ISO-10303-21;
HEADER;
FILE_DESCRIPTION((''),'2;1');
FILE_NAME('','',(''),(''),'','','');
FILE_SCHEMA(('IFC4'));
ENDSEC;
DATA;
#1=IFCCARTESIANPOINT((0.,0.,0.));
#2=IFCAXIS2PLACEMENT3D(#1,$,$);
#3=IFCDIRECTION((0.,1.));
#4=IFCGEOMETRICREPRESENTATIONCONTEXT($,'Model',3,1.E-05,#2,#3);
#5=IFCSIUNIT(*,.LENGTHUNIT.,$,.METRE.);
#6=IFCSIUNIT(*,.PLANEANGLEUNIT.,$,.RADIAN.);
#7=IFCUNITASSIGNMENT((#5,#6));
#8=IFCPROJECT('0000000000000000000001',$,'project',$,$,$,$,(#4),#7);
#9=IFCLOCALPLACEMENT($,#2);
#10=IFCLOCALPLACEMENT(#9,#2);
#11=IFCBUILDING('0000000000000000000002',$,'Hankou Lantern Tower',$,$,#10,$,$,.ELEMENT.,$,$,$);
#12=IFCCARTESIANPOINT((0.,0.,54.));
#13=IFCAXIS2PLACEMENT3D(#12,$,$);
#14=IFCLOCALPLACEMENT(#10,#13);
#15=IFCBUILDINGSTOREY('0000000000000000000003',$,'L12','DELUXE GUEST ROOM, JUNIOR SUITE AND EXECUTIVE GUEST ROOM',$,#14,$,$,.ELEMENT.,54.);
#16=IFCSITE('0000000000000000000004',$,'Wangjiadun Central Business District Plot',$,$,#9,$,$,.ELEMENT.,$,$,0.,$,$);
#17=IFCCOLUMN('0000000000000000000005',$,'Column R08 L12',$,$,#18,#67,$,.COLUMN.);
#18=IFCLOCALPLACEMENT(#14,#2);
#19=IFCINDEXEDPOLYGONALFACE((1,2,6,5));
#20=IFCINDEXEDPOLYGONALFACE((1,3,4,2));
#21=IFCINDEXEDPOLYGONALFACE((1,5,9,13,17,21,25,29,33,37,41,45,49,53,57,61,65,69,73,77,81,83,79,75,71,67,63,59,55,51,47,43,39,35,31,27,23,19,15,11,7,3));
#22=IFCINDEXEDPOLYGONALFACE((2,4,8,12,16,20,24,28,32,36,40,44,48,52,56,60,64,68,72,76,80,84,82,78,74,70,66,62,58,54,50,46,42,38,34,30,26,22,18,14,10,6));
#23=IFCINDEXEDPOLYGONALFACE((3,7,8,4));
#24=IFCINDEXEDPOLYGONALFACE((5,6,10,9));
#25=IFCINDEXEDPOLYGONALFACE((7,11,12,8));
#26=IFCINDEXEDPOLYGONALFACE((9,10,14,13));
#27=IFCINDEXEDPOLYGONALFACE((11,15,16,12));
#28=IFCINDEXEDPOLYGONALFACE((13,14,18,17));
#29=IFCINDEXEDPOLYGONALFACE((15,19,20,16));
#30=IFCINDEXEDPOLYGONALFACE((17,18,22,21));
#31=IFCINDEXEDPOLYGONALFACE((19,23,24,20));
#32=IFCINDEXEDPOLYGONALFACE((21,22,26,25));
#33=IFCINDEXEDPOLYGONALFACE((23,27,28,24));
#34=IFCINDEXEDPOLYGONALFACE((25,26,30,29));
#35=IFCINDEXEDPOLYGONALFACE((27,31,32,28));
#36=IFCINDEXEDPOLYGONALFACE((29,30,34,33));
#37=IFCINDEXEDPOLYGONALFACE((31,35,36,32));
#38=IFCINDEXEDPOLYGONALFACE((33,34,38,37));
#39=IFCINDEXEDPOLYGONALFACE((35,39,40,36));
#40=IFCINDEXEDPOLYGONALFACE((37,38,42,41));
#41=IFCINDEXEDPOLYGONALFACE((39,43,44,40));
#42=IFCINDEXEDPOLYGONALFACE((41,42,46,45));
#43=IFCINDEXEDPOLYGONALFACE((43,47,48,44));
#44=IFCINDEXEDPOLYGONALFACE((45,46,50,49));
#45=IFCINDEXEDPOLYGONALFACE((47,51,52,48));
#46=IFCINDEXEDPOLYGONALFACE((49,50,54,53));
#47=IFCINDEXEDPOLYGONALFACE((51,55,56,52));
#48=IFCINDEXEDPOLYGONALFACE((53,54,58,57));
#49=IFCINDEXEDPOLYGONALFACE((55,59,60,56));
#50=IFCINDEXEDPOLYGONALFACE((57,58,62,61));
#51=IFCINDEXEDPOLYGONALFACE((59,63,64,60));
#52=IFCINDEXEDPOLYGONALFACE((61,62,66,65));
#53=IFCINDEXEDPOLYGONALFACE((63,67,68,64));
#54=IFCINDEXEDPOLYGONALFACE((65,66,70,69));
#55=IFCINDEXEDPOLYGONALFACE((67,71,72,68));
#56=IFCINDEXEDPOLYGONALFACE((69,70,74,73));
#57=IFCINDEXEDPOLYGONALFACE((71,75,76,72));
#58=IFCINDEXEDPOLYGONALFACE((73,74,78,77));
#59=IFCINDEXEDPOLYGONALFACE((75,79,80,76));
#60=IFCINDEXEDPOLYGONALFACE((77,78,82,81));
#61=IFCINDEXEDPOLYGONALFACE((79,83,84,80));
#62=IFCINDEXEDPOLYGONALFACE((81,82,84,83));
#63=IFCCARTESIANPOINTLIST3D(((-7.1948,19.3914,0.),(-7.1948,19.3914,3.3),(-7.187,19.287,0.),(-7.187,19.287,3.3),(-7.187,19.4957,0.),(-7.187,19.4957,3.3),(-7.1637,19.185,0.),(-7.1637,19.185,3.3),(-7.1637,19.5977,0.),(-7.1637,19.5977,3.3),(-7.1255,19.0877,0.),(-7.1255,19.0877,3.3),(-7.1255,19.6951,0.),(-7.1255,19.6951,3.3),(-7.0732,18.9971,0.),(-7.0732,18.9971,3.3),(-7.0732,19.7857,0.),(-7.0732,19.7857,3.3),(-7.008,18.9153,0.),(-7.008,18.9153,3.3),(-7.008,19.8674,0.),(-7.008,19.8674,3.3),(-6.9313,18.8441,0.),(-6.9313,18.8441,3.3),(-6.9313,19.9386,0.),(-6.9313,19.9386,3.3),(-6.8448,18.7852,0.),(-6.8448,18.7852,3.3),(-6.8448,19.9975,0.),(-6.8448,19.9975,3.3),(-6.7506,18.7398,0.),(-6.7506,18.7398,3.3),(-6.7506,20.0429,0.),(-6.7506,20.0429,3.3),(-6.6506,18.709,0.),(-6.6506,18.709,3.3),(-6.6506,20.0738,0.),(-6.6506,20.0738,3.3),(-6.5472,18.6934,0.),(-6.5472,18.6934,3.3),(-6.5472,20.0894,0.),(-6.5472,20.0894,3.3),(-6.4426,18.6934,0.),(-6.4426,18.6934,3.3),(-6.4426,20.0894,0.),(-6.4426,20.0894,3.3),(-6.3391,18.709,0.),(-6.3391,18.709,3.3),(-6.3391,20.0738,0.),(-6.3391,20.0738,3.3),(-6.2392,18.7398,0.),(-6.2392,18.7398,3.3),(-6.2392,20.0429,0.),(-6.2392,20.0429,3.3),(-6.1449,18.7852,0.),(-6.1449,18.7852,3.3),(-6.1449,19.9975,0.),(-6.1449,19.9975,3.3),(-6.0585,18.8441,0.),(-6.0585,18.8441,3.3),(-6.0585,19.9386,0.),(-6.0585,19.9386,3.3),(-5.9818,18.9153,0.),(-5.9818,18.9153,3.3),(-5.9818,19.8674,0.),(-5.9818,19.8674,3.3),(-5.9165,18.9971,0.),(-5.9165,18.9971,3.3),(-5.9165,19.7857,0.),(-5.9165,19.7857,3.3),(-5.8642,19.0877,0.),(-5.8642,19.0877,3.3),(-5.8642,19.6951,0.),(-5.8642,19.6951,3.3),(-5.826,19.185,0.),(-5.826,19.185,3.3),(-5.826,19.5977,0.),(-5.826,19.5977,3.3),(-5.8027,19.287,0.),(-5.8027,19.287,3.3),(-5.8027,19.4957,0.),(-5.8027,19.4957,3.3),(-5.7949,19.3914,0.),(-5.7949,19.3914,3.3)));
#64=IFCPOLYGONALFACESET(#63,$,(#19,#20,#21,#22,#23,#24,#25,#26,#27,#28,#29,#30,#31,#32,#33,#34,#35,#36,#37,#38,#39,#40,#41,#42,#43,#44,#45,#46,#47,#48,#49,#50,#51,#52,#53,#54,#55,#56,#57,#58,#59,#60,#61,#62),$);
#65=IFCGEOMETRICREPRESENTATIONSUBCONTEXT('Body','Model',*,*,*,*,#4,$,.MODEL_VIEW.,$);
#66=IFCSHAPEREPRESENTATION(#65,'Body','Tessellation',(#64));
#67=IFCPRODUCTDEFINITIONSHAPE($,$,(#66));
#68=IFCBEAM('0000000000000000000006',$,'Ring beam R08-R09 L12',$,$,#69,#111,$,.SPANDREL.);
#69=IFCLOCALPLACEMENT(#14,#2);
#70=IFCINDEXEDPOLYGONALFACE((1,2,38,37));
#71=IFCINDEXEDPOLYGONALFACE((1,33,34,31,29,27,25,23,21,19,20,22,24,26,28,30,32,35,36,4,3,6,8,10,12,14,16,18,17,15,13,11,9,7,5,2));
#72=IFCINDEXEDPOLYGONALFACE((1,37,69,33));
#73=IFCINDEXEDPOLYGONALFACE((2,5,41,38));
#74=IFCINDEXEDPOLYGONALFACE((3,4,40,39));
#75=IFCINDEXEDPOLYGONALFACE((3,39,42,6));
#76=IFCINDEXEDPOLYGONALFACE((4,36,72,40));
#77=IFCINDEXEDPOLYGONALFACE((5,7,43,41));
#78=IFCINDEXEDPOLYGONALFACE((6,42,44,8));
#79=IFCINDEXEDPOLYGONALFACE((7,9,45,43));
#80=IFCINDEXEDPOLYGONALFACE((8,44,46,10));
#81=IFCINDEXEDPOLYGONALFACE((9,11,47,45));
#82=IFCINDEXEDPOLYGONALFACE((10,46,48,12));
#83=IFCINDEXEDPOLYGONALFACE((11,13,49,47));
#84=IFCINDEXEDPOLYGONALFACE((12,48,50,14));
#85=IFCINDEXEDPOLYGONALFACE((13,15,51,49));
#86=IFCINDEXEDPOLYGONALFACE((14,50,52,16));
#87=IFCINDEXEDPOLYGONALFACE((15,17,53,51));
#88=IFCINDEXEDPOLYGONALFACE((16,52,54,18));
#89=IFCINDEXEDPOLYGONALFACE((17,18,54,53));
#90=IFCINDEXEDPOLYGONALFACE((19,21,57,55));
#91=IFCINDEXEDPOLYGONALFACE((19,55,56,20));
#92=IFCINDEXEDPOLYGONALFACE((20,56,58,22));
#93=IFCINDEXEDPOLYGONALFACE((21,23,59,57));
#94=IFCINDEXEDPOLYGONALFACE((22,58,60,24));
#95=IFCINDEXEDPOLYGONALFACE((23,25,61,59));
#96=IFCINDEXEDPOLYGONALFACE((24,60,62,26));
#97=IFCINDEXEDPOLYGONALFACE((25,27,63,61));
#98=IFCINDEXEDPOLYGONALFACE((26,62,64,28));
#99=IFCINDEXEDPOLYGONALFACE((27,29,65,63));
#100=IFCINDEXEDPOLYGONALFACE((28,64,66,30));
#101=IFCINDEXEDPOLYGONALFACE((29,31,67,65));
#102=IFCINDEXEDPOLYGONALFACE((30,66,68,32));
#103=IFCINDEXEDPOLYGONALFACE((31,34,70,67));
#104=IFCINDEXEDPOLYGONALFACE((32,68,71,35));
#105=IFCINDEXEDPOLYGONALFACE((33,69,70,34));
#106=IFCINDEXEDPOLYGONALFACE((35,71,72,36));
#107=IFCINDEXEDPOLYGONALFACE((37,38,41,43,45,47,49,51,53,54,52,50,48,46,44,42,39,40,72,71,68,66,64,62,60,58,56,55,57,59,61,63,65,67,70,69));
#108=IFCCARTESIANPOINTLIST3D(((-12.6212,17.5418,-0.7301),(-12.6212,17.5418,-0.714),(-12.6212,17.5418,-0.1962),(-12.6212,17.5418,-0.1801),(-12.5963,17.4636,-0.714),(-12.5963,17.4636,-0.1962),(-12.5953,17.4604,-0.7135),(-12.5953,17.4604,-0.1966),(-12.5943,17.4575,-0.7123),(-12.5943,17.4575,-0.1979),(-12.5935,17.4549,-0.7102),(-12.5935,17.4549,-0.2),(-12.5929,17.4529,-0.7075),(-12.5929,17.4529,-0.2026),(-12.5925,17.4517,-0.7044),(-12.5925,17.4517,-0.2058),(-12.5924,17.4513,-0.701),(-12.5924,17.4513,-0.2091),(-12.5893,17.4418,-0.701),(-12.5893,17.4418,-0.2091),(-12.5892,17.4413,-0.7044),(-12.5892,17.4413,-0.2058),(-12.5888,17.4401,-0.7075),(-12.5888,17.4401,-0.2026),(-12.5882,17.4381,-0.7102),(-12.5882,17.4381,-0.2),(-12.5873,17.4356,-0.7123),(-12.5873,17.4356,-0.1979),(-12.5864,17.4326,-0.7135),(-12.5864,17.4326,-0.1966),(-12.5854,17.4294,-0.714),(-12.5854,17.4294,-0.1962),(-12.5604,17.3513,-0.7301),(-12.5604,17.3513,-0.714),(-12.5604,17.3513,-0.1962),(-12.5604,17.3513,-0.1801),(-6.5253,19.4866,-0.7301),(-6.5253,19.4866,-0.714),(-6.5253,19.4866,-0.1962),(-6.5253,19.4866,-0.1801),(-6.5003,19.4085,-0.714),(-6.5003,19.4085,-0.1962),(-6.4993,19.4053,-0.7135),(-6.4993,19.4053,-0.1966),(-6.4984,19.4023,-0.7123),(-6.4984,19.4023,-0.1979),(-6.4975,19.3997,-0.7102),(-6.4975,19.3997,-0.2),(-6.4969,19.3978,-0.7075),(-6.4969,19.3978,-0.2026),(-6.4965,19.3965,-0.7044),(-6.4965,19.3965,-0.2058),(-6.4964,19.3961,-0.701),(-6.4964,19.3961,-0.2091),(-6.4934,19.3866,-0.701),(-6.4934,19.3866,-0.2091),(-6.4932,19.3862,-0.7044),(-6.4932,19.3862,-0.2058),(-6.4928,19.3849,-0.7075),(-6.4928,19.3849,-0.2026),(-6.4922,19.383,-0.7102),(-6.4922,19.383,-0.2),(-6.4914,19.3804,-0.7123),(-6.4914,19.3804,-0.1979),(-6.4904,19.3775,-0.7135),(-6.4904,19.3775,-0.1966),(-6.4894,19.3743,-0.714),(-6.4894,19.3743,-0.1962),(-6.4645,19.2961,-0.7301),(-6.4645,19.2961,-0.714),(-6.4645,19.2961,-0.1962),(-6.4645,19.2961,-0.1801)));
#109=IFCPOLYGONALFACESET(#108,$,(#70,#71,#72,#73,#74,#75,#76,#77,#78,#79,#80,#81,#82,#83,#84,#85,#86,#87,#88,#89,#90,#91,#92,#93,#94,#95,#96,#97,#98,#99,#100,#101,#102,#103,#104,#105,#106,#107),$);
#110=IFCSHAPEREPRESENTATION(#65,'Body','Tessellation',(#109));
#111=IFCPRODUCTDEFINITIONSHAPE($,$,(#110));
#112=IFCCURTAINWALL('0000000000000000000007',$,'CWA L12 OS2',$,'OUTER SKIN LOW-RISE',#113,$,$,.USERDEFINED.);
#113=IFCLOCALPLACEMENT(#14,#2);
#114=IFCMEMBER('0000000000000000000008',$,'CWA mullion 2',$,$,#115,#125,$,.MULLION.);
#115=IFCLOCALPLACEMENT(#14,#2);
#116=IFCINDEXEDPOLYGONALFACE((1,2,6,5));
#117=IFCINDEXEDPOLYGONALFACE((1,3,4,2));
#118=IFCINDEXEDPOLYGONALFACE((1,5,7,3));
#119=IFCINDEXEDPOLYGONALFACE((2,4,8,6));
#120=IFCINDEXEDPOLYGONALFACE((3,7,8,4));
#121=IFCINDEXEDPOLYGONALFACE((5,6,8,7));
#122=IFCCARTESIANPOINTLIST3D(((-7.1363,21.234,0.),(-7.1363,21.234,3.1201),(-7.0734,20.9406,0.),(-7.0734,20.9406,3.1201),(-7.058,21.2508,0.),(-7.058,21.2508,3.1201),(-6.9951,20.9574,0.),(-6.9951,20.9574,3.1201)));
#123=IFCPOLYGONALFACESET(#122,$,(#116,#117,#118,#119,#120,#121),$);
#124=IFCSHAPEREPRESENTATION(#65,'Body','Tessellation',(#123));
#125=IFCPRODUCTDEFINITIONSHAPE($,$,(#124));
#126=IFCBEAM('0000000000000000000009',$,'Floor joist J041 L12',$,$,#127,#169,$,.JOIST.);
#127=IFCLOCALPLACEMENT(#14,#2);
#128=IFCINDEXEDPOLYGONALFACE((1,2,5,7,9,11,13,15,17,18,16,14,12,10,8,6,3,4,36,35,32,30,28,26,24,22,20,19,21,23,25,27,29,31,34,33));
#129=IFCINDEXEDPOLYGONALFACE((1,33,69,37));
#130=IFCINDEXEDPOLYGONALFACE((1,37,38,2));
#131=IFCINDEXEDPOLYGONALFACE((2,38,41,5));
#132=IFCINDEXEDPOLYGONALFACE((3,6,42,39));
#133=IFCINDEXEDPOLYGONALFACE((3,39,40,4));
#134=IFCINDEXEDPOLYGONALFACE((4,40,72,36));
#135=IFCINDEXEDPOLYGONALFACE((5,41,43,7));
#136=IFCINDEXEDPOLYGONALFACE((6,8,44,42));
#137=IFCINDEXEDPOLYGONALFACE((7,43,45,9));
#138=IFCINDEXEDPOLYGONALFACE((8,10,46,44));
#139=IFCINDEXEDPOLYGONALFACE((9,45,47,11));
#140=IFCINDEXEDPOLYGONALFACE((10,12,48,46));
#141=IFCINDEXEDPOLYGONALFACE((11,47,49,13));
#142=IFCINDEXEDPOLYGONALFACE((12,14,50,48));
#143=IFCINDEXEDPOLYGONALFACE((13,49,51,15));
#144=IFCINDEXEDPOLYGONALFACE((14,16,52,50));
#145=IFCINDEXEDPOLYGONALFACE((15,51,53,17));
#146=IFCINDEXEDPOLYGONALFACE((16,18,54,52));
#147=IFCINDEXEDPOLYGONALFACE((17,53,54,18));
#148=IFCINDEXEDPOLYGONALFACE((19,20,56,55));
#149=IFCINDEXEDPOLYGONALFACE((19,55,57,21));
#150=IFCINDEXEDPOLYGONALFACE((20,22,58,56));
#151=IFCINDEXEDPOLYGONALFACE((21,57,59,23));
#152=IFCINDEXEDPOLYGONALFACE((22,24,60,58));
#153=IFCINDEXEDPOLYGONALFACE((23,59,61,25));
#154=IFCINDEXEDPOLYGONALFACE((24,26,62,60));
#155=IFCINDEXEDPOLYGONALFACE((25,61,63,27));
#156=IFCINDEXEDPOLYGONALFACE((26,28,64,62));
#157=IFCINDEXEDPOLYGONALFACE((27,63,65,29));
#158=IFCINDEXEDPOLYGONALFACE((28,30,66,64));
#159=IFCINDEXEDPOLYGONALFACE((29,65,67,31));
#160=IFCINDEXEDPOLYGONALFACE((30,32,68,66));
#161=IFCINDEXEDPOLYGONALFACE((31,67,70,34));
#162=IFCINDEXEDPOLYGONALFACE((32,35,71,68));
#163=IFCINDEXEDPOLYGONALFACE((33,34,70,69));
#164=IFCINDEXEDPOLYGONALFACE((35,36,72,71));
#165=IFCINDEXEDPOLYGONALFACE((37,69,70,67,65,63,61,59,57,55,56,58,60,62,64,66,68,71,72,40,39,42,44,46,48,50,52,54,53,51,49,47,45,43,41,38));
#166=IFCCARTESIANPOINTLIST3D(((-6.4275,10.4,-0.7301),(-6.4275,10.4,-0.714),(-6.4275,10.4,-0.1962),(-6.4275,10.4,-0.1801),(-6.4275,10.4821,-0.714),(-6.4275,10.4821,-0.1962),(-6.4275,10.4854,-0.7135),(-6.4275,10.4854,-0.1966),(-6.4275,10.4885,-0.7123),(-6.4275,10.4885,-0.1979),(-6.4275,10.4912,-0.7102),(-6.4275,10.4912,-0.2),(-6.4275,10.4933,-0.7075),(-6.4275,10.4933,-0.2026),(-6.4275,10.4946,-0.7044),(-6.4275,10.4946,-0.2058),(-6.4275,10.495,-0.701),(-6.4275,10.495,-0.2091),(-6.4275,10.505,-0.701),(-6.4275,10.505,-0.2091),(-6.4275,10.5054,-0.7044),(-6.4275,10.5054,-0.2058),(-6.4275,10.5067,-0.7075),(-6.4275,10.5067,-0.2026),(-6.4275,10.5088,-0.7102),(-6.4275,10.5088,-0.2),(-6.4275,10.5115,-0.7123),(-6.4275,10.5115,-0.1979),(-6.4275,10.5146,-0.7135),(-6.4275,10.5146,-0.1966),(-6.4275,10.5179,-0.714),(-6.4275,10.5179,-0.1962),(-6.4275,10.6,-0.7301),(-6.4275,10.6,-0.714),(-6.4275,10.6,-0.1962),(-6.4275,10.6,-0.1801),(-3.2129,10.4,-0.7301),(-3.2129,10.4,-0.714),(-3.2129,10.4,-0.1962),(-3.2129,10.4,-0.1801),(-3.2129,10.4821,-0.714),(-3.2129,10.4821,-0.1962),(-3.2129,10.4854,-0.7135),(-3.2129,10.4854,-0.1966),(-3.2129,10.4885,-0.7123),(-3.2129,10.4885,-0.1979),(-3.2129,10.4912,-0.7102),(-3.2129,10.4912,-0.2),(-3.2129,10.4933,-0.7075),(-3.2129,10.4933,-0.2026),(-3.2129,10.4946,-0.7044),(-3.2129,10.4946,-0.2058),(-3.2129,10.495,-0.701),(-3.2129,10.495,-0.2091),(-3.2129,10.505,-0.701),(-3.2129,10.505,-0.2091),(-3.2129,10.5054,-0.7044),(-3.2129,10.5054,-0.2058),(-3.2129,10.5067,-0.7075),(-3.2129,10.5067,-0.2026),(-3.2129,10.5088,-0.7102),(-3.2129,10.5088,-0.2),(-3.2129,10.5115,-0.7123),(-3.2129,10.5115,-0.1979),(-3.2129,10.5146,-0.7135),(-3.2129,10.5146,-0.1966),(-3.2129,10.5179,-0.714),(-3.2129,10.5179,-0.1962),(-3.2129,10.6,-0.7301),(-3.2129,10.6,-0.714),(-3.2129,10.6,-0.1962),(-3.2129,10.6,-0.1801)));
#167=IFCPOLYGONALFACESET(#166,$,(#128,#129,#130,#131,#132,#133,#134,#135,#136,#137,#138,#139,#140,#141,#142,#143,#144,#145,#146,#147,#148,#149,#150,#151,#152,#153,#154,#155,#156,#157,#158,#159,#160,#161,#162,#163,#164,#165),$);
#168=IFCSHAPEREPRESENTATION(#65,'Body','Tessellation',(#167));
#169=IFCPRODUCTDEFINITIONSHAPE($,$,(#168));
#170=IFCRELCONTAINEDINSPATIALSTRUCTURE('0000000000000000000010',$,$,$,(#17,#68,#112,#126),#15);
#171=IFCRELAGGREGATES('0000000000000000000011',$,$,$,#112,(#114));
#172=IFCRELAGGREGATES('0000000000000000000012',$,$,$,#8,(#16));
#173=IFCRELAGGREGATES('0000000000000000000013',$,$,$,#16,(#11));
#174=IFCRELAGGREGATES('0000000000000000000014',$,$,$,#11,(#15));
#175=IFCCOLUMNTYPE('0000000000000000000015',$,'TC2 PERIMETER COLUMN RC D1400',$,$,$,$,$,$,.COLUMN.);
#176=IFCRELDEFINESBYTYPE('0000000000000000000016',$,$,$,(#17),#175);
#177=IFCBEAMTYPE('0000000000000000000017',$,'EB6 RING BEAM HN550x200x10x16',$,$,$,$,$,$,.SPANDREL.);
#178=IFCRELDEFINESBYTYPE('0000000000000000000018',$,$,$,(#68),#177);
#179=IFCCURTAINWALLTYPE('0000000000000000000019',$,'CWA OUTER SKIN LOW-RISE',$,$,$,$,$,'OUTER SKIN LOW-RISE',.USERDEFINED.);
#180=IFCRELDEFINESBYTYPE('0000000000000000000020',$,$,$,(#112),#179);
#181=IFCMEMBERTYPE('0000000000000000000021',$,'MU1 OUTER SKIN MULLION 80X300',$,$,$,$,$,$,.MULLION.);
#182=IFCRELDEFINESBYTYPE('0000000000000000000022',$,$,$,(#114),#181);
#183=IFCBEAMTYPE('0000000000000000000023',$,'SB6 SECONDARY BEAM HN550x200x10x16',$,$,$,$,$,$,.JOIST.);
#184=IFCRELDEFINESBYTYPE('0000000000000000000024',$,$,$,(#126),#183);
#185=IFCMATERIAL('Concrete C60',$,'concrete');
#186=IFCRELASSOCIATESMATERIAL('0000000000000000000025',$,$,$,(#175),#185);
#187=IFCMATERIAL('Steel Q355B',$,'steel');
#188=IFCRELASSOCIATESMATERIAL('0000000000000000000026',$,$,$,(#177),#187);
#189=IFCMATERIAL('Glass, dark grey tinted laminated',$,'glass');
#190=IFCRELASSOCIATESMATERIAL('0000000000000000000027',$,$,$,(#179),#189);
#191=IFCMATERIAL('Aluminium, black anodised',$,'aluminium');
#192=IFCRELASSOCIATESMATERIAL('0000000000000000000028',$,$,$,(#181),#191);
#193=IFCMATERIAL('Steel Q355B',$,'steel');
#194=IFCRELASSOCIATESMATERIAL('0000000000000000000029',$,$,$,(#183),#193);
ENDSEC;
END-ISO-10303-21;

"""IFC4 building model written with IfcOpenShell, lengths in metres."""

from ifc_helpers import new_model, si_unit, direction, frame, origin, origin_2d, place, context, subcontext, project, spatial, rectangle, circle, i_section, extrude, material, material_profile, profile_set, type_object, element, aggregate, save


model = new_model("IFC4")

# Units and contexts
model_context = context("Model", 3, precision=1e-05, world=origin(), true_north=direction((0.0, 1.0)))
body_context = subcontext(model_context, "Body", "Model", "MODEL_VIEW")
ifc_project = project(units=[si_unit("LENGTHUNIT", "METRE"), si_unit("PLANEANGLEUNIT", "RADIAN")], contexts=[model_context])

# Site, building, storey
site_placement = place(None, origin())
site = spatial("IfcSite", under=ifc_project, at=site_placement, Name="Wangjiadun Central Business District Plot", CompositionType="ELEMENT", RefElevation=0.0)
building_placement = place(site_placement, origin())
building = spatial("IfcBuilding", under=site, at=building_placement, Name="Hankou Lantern Tower", CompositionType="ELEMENT")
storey_placement = place(building_placement, frame((0.0, 0.0, 54.0)))
storey = spatial("IfcBuildingStorey", under=building, at=storey_placement, Name="L12", Description="DELUXE GUEST ROOM, JUNIOR SUITE AND EXECUTIVE GUEST ROOM", CompositionType="ELEMENT", Elevation=54.0)

# Column
ifc_material_1 = material(Name="Concrete C60", Category="concrete")
ifc_material_profile_1 = material_profile(ifc_material_1, circle(Radius=0.7, at=origin_2d()), Name="RC D1400")
ifc_profile_set_1 = profile_set([ifc_material_profile_1], Name="Concrete C60")
column_type = type_object("IfcColumnType", Name="TC2 PERIMETER COLUMN RC D1400", PredefinedType="COLUMN", material=ifc_profile_set_1)
column_placement = place(storey_placement, frame((-6.4949, 19.3914, 0.0), z_axis=(0.0, 0.0, 1.0), x_axis=(1.0, 0.0, 0.0)))
element("IfcColumn", 1, at=column_placement, inside=storey, type_object=column_type, Name="Column R08 L12", PredefinedType="COLUMN", context=body_context, shape_type="SweptSolid", body=[
    extrude(circle(Radius=0.7, at=origin_2d()), origin(), (0.0, 0.0, 1.0), 3.3),
])

# Beam
ifc_material_2 = material(Name="Steel Q355B", Category="steel")
ifc_material_profile_2 = material_profile(ifc_material_2, i_section(OverallWidth=0.2, OverallDepth=0.55, WebThickness=0.01, FlangeThickness=0.0161, FilletRadius=0.0129, at=origin_2d()), Name="HN550x200x10x16")
ifc_profile_set_2 = profile_set([ifc_material_profile_2], Name="Steel Q355B")
beam_type_1 = type_object("IfcBeamType", Name="EB6 RING BEAM HN550x200x10x16", PredefinedType="SPANDREL", material=ifc_profile_set_2)
beam_1_placement = place(storey_placement, frame((-6.4949, 19.3914, -0.4551), z_axis=(-0.95269, -0.303942, 0.0), x_axis=(0.303942, -0.95269, 0.0)))
element("IfcBeam", 2, at=beam_1_placement, inside=storey, type_object=beam_type_1, Name="Ring beam R08-R09 L12", PredefinedType="SPANDREL", context=body_context, shape_type="SweptSolid", body=[
    extrude(i_section(OverallWidth=0.2, OverallDepth=0.55, WebThickness=0.01, FlangeThickness=0.0161, FilletRadius=0.0129, at=origin_2d()), origin(), (0.0, 0.0, 1.0), 6.3987),
])

# Curtain wall, member
ifc_material_3 = material(Name="Glass, dark grey tinted laminated", Category="glass")
curtain_wall_type = type_object("IfcCurtainWallType", Name="CWA OUTER SKIN LOW-RISE", ElementType="OUTER SKIN LOW-RISE", PredefinedType="USERDEFINED", material=ifc_material_3)
curtain_wall_placement = place(storey_placement, origin())
curtain_wall = element("IfcCurtainWall", 3, at=curtain_wall_placement, inside=storey, type_object=curtain_wall_type, Name="CWA L12 OS2", ObjectType="OUTER SKIN LOW-RISE", PredefinedType="USERDEFINED")
ifc_material_4 = material(Name="Aluminium, black anodised", Category="aluminium")
ifc_material_profile_3 = material_profile(ifc_material_4, rectangle(XDim=0.0801, YDim=0.3, at=origin_2d()), Name="MU1 80X300")
ifc_profile_set_3 = profile_set([ifc_material_profile_3], Name="Aluminium, black anodised")
member_type_1 = type_object("IfcMemberType", Name="MU1 OUTER SKIN MULLION 80X300", PredefinedType="MULLION", material=ifc_profile_set_3)
member_1_placement = place(storey_placement, frame((-7.0657, 21.0957, 0.0), z_axis=(0.0, 0.0, 1.0), x_axis=(-0.977788, -0.209598, 0.0)))
member_1 = element("IfcMember", 4, at=member_1_placement, type_object=member_type_1, Name="CWA mullion 2", PredefinedType="MULLION", context=body_context, shape_type="SweptSolid", body=[
    extrude(rectangle(XDim=0.0801, YDim=0.3, at=origin_2d()), origin(), (0.0, 0.0, 1.0), 3.1201),
])

# Beam
ifc_material_5 = material(Name="Steel Q355B", Category="steel")
ifc_material_profile_4 = material_profile(ifc_material_5, i_section(OverallWidth=0.2, OverallDepth=0.55, WebThickness=0.01, FlangeThickness=0.0161, FilletRadius=0.0129, at=origin_2d()), Name="HN550x200x10x16")
ifc_profile_set_4 = profile_set([ifc_material_profile_4], Name="Steel Q355B")
beam_type_2 = type_object("IfcBeamType", Name="SB6 SECONDARY BEAM HN550x200x10x16", PredefinedType="JOIST", material=ifc_profile_set_4)
beam_2_placement = place(storey_placement, frame((-6.4275, 10.5, -0.4551), z_axis=(1.0, 0.0, 0.0), x_axis=(0.0, 1.0, 0.0)))
element("IfcBeam", 5, at=beam_2_placement, inside=storey, type_object=beam_type_2, Name="Floor joist J041 L12", PredefinedType="JOIST", context=body_context, shape_type="SweptSolid", body=[
    extrude(i_section(OverallWidth=0.2, OverallDepth=0.55, WebThickness=0.01, FlangeThickness=0.0161, FilletRadius=0.0129, at=origin_2d()), origin(), (0.0, 0.0, 1.0), 3.2146),
])

aggregate(curtain_wall, [member_1])

save(model, "model.ifc")
